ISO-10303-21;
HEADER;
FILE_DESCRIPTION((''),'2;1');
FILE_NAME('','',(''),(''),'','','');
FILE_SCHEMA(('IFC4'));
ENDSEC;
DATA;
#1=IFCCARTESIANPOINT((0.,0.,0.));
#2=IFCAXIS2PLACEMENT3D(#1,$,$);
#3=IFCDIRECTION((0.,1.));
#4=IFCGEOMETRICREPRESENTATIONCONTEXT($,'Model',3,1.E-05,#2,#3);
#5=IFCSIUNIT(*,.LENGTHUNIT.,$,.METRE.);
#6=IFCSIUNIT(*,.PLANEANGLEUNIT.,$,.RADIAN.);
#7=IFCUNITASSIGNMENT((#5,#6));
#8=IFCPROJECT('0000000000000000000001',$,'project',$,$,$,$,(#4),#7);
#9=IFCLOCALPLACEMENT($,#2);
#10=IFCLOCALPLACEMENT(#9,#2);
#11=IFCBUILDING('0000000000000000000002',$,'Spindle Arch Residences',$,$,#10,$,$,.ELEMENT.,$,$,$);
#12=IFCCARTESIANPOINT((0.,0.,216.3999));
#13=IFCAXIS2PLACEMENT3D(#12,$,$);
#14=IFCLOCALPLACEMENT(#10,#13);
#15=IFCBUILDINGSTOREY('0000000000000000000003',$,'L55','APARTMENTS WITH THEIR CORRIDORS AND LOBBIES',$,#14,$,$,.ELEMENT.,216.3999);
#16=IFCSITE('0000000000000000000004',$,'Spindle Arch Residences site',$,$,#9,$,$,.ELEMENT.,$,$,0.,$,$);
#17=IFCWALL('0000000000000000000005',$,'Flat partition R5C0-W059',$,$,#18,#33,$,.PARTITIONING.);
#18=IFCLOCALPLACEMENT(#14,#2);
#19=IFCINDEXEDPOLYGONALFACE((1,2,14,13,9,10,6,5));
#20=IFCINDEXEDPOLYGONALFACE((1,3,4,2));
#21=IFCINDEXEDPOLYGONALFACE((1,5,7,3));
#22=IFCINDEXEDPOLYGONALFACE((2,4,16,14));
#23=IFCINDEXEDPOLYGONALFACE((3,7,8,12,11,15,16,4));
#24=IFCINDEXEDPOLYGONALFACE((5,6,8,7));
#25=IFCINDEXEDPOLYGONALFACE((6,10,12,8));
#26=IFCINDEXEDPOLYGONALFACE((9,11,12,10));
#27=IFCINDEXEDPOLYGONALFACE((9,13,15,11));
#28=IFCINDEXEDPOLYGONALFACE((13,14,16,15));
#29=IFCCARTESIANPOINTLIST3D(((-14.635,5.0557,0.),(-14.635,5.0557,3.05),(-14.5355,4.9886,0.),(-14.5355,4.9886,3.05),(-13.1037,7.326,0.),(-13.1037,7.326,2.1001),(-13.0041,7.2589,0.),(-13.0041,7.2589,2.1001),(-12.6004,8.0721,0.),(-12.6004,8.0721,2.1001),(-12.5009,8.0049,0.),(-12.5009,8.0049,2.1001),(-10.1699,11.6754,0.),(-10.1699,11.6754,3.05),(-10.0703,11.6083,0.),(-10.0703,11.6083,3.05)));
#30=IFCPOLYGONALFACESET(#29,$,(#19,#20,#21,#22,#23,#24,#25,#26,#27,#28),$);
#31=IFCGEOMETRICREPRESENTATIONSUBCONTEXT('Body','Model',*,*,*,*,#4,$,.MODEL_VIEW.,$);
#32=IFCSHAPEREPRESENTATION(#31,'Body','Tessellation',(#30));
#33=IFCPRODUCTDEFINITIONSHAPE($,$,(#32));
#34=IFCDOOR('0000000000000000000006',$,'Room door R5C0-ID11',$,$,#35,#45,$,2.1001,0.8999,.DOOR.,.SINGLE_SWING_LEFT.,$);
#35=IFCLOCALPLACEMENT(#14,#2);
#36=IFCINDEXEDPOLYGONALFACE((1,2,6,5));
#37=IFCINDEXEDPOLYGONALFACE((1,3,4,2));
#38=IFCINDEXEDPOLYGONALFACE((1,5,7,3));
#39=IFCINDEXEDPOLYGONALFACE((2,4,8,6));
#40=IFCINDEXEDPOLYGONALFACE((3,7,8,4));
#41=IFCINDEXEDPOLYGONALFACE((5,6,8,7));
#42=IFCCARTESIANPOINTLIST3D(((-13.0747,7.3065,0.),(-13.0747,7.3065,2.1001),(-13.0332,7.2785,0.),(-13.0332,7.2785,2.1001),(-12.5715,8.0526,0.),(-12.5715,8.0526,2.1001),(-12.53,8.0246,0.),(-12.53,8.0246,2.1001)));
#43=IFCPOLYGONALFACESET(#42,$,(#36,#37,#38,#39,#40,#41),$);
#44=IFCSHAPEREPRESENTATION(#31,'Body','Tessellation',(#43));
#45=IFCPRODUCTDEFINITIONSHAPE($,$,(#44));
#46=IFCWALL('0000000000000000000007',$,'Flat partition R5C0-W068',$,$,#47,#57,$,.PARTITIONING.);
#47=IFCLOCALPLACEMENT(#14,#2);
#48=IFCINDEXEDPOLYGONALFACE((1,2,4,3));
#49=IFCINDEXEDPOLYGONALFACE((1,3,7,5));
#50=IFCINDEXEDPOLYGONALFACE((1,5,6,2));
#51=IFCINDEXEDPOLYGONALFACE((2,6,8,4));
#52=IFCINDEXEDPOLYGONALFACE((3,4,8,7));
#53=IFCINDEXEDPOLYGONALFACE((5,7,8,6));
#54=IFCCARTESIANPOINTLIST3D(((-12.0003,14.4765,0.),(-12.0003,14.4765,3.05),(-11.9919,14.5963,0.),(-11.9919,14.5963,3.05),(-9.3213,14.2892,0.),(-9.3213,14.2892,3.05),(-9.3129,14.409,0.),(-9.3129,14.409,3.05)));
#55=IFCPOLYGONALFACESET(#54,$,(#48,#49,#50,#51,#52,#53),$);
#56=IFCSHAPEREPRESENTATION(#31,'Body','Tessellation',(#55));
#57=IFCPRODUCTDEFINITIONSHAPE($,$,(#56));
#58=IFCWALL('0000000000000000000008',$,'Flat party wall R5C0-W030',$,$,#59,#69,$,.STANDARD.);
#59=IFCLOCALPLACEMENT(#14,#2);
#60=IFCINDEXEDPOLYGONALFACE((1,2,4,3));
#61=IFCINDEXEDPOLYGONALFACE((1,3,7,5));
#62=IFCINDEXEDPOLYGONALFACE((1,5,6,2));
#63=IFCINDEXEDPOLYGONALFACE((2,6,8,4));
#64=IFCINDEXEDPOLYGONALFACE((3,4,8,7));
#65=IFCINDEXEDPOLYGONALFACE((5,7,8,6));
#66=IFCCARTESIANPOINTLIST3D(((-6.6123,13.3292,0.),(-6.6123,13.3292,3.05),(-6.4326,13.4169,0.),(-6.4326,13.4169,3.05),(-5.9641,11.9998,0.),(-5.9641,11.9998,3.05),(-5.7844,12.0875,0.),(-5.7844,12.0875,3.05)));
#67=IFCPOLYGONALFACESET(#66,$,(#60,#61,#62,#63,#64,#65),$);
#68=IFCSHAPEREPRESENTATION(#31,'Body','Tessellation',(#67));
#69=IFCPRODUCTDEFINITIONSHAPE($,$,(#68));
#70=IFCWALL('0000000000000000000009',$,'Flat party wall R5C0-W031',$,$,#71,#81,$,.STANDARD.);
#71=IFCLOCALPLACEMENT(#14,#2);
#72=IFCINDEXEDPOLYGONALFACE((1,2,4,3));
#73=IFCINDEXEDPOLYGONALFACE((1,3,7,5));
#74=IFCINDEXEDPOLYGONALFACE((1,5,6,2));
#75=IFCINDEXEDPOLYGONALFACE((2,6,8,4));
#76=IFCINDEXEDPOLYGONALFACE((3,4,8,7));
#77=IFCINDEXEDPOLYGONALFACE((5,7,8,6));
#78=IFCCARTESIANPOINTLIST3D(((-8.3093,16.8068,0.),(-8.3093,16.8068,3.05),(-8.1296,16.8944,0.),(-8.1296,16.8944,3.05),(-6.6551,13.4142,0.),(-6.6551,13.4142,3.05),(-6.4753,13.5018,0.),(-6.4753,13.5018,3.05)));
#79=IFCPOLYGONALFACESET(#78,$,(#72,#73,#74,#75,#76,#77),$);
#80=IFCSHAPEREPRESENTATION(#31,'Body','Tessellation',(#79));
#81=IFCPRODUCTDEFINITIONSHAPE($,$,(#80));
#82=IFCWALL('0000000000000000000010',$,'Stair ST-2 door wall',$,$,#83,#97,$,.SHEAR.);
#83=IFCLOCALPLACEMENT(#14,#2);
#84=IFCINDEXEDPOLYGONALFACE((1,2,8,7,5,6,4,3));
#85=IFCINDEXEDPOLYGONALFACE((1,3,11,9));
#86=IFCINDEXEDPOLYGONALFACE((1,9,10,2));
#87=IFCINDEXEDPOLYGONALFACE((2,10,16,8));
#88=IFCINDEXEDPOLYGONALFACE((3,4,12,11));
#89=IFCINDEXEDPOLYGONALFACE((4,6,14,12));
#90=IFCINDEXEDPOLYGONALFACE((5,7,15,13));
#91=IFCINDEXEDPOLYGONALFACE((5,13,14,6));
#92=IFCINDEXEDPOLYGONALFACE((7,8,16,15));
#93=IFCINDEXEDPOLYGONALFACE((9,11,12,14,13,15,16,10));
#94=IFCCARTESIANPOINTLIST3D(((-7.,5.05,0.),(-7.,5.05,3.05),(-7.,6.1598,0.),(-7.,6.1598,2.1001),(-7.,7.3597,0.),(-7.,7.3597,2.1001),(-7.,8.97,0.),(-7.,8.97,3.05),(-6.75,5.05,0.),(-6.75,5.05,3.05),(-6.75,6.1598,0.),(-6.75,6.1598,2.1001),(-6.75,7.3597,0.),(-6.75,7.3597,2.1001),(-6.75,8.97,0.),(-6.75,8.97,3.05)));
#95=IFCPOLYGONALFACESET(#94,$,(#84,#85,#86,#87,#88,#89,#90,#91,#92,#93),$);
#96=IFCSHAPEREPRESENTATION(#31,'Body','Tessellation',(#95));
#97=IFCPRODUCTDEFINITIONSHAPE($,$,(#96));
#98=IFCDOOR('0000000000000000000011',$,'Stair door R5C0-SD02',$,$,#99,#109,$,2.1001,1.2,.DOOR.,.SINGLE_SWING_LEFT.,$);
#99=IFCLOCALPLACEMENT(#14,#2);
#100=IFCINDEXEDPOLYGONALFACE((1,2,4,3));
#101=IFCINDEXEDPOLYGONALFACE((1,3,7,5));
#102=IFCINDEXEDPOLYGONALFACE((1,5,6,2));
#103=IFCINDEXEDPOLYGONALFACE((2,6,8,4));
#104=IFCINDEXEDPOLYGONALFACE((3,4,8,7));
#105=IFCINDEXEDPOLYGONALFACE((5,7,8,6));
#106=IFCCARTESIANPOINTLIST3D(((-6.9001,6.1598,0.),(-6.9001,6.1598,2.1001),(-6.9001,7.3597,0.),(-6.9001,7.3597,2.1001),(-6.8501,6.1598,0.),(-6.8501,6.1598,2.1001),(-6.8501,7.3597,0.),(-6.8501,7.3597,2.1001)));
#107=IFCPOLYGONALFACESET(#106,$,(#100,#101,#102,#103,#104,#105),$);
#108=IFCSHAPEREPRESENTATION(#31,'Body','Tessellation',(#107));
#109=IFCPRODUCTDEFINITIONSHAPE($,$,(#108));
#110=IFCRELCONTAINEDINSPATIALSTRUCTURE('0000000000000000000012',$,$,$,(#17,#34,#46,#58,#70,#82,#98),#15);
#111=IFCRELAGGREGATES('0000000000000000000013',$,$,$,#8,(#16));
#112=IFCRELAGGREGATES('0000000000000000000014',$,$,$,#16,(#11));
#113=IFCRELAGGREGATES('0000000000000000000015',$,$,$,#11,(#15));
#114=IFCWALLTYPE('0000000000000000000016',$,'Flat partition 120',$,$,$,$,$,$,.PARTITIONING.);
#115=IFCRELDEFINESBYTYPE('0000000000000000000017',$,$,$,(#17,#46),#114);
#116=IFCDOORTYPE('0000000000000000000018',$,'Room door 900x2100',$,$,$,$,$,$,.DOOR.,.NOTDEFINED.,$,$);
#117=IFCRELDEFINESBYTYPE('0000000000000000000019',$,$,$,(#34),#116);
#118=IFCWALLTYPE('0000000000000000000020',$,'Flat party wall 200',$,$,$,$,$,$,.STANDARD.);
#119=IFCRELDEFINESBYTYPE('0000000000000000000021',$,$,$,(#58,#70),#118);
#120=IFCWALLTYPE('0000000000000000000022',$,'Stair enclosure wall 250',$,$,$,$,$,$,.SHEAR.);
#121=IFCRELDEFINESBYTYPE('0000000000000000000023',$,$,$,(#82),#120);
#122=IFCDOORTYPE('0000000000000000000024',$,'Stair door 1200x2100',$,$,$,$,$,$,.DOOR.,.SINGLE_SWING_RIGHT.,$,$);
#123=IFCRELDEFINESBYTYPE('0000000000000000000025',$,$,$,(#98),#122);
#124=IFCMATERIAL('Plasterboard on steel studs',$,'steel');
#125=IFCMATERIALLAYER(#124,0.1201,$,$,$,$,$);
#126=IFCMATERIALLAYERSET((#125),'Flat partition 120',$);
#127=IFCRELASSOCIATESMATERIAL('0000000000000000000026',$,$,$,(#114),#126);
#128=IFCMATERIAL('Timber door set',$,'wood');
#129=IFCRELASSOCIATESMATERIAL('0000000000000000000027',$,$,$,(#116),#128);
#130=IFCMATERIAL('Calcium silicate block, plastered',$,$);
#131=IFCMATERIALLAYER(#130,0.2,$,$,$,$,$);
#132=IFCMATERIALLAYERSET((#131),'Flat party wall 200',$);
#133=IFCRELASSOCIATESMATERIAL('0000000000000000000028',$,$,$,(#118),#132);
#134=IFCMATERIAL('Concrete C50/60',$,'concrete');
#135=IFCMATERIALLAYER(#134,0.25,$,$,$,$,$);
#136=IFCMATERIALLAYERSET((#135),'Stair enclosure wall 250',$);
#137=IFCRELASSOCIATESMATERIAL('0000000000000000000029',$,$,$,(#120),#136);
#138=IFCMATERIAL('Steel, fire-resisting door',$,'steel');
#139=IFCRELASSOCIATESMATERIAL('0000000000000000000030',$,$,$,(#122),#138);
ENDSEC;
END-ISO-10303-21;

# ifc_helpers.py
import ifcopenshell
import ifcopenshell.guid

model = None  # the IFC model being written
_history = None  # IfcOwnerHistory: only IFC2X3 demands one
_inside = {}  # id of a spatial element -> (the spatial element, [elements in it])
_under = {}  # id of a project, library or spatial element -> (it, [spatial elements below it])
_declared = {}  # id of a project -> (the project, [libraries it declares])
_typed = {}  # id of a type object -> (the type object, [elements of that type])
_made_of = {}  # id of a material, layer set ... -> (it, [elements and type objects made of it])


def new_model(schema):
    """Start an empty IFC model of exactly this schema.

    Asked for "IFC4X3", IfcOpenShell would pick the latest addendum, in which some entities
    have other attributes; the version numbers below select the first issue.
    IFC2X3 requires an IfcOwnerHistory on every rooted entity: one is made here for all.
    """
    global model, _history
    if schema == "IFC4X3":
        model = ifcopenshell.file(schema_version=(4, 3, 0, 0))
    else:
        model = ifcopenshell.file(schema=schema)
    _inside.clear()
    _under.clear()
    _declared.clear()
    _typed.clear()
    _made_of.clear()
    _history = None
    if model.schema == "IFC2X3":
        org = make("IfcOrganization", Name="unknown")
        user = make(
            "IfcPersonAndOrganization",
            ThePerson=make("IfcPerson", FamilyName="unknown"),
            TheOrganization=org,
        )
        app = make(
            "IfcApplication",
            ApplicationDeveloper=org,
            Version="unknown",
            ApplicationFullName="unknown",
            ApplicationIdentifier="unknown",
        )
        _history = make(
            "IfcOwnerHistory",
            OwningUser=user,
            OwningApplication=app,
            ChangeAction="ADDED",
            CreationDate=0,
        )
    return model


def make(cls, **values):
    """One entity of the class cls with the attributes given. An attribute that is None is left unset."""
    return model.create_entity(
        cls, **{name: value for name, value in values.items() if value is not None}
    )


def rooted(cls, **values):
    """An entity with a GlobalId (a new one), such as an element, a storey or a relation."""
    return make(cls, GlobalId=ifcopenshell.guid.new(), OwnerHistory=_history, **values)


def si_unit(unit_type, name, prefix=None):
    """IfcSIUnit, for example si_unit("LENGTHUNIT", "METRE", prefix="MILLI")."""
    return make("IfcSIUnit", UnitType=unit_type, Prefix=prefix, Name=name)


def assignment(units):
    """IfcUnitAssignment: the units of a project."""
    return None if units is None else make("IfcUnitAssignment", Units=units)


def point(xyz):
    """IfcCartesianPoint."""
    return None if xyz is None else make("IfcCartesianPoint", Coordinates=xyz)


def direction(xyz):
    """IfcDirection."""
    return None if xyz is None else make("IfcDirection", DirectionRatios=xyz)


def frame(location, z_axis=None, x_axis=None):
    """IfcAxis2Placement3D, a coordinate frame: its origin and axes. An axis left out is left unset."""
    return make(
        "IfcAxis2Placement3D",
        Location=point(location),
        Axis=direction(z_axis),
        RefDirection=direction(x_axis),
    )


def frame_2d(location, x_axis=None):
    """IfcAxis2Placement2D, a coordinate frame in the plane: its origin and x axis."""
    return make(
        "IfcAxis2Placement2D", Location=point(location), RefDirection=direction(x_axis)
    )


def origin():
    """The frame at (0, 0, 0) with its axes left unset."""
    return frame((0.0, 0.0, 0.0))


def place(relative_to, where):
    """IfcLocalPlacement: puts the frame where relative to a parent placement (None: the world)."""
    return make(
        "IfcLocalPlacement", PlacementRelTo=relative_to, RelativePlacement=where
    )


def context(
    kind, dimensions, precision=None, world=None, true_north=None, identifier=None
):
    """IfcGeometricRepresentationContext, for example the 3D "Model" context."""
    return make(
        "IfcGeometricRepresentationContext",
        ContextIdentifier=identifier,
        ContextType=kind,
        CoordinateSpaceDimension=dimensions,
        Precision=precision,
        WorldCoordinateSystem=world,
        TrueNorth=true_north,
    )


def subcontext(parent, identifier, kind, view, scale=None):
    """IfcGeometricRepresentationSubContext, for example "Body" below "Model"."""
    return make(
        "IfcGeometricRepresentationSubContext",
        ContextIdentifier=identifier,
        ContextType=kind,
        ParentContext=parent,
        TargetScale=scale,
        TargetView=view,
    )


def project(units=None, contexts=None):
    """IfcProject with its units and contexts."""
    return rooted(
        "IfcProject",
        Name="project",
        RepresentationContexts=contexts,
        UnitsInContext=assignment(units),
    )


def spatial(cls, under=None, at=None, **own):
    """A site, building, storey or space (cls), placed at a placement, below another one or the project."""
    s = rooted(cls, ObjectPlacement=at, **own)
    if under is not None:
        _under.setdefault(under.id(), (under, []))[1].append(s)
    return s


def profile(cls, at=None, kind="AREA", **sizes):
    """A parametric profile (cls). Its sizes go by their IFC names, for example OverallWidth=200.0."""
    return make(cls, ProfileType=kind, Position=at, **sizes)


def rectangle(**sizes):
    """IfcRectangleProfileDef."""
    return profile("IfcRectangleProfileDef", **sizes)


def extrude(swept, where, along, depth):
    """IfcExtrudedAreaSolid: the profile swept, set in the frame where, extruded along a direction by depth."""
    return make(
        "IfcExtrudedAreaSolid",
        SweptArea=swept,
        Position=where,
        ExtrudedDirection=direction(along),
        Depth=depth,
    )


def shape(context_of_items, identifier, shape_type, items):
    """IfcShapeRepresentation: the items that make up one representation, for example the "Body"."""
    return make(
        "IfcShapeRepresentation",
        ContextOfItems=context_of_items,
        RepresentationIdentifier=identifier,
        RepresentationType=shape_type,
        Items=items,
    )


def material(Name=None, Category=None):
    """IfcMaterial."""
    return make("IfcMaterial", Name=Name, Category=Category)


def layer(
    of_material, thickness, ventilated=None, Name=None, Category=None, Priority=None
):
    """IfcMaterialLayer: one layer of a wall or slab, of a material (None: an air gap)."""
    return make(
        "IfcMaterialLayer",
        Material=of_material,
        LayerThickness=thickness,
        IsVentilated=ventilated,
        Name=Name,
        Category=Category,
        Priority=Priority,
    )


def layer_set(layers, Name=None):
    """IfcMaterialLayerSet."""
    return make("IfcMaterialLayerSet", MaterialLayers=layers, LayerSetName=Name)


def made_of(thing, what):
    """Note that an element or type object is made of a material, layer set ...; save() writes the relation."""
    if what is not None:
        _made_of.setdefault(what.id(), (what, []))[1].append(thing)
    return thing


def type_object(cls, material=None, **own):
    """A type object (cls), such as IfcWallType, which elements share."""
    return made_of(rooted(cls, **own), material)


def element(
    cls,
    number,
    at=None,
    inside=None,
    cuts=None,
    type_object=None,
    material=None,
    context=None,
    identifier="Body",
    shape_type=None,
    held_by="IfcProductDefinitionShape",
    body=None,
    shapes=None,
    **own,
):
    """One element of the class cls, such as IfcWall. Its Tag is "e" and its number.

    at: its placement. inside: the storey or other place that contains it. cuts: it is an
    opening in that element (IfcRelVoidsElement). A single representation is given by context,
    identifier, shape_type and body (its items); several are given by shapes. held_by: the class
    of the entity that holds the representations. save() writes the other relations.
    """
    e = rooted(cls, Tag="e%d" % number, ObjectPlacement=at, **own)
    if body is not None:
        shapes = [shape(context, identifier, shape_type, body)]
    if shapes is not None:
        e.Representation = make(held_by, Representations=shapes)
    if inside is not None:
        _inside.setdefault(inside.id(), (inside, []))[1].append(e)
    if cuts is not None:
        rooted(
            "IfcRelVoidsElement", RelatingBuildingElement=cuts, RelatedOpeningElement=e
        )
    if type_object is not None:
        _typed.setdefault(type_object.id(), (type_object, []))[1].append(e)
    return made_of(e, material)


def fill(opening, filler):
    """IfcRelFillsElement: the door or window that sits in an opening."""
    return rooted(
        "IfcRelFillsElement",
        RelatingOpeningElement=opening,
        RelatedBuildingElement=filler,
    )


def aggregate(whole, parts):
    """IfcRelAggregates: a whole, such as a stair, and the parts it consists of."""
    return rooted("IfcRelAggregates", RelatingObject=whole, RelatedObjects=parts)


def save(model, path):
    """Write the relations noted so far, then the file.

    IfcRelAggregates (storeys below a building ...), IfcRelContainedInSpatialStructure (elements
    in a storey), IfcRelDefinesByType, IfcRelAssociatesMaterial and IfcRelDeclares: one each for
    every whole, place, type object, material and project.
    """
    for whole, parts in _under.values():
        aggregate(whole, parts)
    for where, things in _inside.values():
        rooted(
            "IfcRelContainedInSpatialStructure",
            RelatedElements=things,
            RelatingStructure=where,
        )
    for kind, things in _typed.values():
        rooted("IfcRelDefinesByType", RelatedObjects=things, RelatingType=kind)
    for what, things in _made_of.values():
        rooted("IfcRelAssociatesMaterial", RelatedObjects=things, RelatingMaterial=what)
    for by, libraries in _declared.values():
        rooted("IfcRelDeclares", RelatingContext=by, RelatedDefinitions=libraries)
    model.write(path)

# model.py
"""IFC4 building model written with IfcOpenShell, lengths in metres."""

from ifc_helpers import new_model, si_unit, direction, frame, frame_2d, origin, place, context, subcontext, project, spatial, rectangle, extrude, material, layer, layer_set, type_object, element, fill, save


model = new_model("IFC4")

# Units and contexts
model_context = context("Model", 3, precision=1e-05, world=origin(), true_north=direction((0.0, 1.0)))
body_context = subcontext(model_context, "Body", "Model", "MODEL_VIEW")
ifc_project = project(units=[si_unit("LENGTHUNIT", "METRE"), si_unit("PLANEANGLEUNIT", "RADIAN")], contexts=[model_context])

# Site, building, storey
site_placement = place(None, origin())
site = spatial("IfcSite", under=ifc_project, at=site_placement, Name="Spindle Arch Residences site", CompositionType="ELEMENT", RefElevation=0.0)
building_placement = place(site_placement, origin())
building = spatial("IfcBuilding", under=site, at=building_placement, Name="Spindle Arch Residences", CompositionType="ELEMENT")
storey_placement = place(building_placement, frame((0.0, 0.0, 216.3999)))
storey = spatial("IfcBuildingStorey", under=building, at=storey_placement, Name="L55", Description="APARTMENTS WITH THEIR CORRIDORS AND LOBBIES", CompositionType="ELEMENT", Elevation=216.3999)

# Shared definitions
ifc_material_1 = material(Name="Plasterboard on steel studs", Category="steel")
ifc_layer_1 = layer(ifc_material_1, 0.1201)
ifc_layer_set_1 = layer_set([ifc_layer_1], Name="Flat partition 120")
wall_type_1 = type_object("IfcWallType", Name="Flat partition 120", PredefinedType="PARTITIONING", material=ifc_layer_set_1)

# Shared definitions
ifc_material_2 = material(Name="Timber door set", Category="wood")
door_type_1 = type_object("IfcDoorType", Name="Room door 900x2100", OperationType="NOTDEFINED", PredefinedType="DOOR", material=ifc_material_2)

# Wall, opening, door
wall_1_placement = place(storey_placement, frame((-10.1201, 11.6418, 0.0), z_axis=(0.0, 0.0, 1.0), x_axis=(-0.559201, -0.829032, 0.0)))
wall_1 = element("IfcWall", 1, at=wall_1_placement, inside=storey, type_object=wall_type_1, Name="Flat partition R5C0-W059", PredefinedType="PARTITIONING", context=body_context, shape_type="SweptSolid", body=[
    extrude(rectangle(XDim=7.9849, YDim=0.1201, at=frame_2d((3.9924, 0.0))), origin(), (0.0, 0.0, 1.0), 3.05),
])
opening_1_placement = place(wall_1_placement, frame((4.3464, 0.0, 0.0)))
opening_1 = element("IfcOpeningElement", 2, at=opening_1_placement, cuts=wall_1, PredefinedType="OPENING", context=body_context, shape_type="SweptSolid", body=[
    extrude(rectangle(XDim=0.8999, YDim=2.1001, at=frame_2d((0.45, 1.05))), frame((0.0, 0.0701, 0.0), z_axis=(0.0, -1.0, 0.0), x_axis=(1.0, 0.0, 0.0)), (0.0, 0.0, 1.0), 0.1401),
])
door_1_placement = place(opening_1_placement, origin())
door_1 = element("IfcDoor", 3, at=door_1_placement, inside=storey, type_object=door_type_1, Name="Room door R5C0-ID11", OperationType="SINGLE_SWING_LEFT", OverallHeight=2.1001, OverallWidth=0.8999, PredefinedType="DOOR", context=body_context, shape_type="SweptSolid", body=[
    extrude(rectangle(XDim=0.8999, YDim=2.1001, at=frame_2d((0.45, 1.05))), frame((0.0, 0.0249, 0.0), z_axis=(0.0, -1.0, 0.0), x_axis=(1.0, 0.0, 0.0)), (0.0, 0.0, 1.0), 0.05),
])
fill(opening_1, door_1)

# Walls
wall_2_placement = place(storey_placement, frame((-11.9961, 14.5364, 0.0), z_axis=(0.0, 0.0, 1.0), x_axis=(0.997566, -0.069729, 0.0)))
element("IfcWall", 4, at=wall_2_placement, inside=storey, type_object=wall_type_1, Name="Flat partition R5C0-W068", PredefinedType="PARTITIONING", context=body_context, shape_type="SweptSolid", body=[
    extrude(rectangle(XDim=2.6855, YDim=0.1201, at=frame_2d((1.3428, 0.0))), origin(), (0.0, 0.0, 1.0), 3.05),
])
ifc_material_3 = material(Name="Calcium silicate block, plastered")
ifc_layer_2 = layer(ifc_material_3, 0.2)
ifc_layer_set_2 = layer_set([ifc_layer_2], Name="Flat party wall 200")
wall_type_2 = type_object("IfcWallType", Name="Flat party wall 200", PredefinedType="STANDARD", material=ifc_layer_set_2)
wall_3_placement = place(storey_placement, frame((-6.5225, 13.373, 0.0), z_axis=(0.0, 0.0, 1.0), x_axis=(0.438277, -0.89884, 0.0)))
element("IfcWall", 5, at=wall_3_placement, inside=storey, type_object=wall_type_2, Name="Flat party wall R5C0-W030", PredefinedType="STANDARD", context=body_context, shape_type="SweptSolid", body=[
    extrude(rectangle(XDim=1.479, YDim=0.2, at=frame_2d((0.7395, 0.0))), origin(), (0.0, 0.0, 1.0), 3.05),
])
wall_4_placement = place(storey_placement, frame((-8.2195, 16.8506, 0.0), z_axis=(0.0, 0.0, 1.0), x_axis=(0.438291, -0.898833, 0.0)))
element("IfcWall", 6, at=wall_4_placement, inside=storey, type_object=wall_type_2, Name="Flat party wall R5C0-W031", PredefinedType="STANDARD", context=body_context, shape_type="SweptSolid", body=[
    extrude(rectangle(XDim=3.7744, YDim=0.2, at=frame_2d((1.8872, 0.0))), origin(), (0.0, 0.0, 1.0), 3.05),
])

# Wall, opening, door
ifc_material_4 = material(Name="Concrete C50/60", Category="concrete")
ifc_layer_3 = layer(ifc_material_4, 0.25)
ifc_layer_set_3 = layer_set([ifc_layer_3], Name="Stair enclosure wall 250")
wall_type_3 = type_object("IfcWallType", Name="Stair enclosure wall 250", PredefinedType="SHEAR", material=ifc_layer_set_3)
wall_5_placement = place(storey_placement, frame((-6.875, 8.97, 0.0), z_axis=(0.0, 0.0, 1.0), x_axis=(0.0, -1.0, 0.0)))
wall_5 = element("IfcWall", 7, at=wall_5_placement, inside=storey, type_object=wall_type_3, Name="Stair ST-2 door wall", PredefinedType="SHEAR", context=body_context, shape_type="SweptSolid", body=[
    extrude(rectangle(XDim=3.9199, YDim=0.25, at=frame_2d((1.96, 0.0))), origin(), (0.0, 0.0, 1.0), 3.05),
])
opening_2_placement = place(wall_5_placement, frame((1.6101, 0.0, 0.0)))
opening_2 = element("IfcOpeningElement", 8, at=opening_2_placement, cuts=wall_5, PredefinedType="OPENING", context=body_context, shape_type="SweptSolid", body=[
    extrude(rectangle(XDim=1.2, YDim=2.1001, at=frame_2d((0.6001, 1.05))), frame((0.0, 0.135, 0.0), z_axis=(0.0, -1.0, 0.0), x_axis=(1.0, 0.0, 0.0)), (0.0, 0.0, 1.0), 0.27),
])
ifc_material_5 = material(Name="Steel, fire-resisting door", Category="steel")
door_type_2 = type_object("IfcDoorType", Name="Stair door 1200x2100", OperationType="SINGLE_SWING_RIGHT", PredefinedType="DOOR", material=ifc_material_5)
door_2_placement = place(opening_2_placement, origin())
door_2 = element("IfcDoor", 9, at=door_2_placement, inside=storey, type_object=door_type_2, Name="Stair door R5C0-SD02", OperationType="SINGLE_SWING_LEFT", OverallHeight=2.1001, OverallWidth=1.2, PredefinedType="DOOR", context=body_context, shape_type="SweptSolid", body=[
    extrude(rectangle(XDim=1.2, YDim=2.1001, at=frame_2d((0.6001, 1.05))), frame((0.0, 0.0249, 0.0), z_axis=(0.0, -1.0, 0.0), x_axis=(1.0, 0.0, 0.0)), (0.0, 0.0, 1.0), 0.05),
])
fill(opening_2, door_2)

save(model, "model.ifc")
